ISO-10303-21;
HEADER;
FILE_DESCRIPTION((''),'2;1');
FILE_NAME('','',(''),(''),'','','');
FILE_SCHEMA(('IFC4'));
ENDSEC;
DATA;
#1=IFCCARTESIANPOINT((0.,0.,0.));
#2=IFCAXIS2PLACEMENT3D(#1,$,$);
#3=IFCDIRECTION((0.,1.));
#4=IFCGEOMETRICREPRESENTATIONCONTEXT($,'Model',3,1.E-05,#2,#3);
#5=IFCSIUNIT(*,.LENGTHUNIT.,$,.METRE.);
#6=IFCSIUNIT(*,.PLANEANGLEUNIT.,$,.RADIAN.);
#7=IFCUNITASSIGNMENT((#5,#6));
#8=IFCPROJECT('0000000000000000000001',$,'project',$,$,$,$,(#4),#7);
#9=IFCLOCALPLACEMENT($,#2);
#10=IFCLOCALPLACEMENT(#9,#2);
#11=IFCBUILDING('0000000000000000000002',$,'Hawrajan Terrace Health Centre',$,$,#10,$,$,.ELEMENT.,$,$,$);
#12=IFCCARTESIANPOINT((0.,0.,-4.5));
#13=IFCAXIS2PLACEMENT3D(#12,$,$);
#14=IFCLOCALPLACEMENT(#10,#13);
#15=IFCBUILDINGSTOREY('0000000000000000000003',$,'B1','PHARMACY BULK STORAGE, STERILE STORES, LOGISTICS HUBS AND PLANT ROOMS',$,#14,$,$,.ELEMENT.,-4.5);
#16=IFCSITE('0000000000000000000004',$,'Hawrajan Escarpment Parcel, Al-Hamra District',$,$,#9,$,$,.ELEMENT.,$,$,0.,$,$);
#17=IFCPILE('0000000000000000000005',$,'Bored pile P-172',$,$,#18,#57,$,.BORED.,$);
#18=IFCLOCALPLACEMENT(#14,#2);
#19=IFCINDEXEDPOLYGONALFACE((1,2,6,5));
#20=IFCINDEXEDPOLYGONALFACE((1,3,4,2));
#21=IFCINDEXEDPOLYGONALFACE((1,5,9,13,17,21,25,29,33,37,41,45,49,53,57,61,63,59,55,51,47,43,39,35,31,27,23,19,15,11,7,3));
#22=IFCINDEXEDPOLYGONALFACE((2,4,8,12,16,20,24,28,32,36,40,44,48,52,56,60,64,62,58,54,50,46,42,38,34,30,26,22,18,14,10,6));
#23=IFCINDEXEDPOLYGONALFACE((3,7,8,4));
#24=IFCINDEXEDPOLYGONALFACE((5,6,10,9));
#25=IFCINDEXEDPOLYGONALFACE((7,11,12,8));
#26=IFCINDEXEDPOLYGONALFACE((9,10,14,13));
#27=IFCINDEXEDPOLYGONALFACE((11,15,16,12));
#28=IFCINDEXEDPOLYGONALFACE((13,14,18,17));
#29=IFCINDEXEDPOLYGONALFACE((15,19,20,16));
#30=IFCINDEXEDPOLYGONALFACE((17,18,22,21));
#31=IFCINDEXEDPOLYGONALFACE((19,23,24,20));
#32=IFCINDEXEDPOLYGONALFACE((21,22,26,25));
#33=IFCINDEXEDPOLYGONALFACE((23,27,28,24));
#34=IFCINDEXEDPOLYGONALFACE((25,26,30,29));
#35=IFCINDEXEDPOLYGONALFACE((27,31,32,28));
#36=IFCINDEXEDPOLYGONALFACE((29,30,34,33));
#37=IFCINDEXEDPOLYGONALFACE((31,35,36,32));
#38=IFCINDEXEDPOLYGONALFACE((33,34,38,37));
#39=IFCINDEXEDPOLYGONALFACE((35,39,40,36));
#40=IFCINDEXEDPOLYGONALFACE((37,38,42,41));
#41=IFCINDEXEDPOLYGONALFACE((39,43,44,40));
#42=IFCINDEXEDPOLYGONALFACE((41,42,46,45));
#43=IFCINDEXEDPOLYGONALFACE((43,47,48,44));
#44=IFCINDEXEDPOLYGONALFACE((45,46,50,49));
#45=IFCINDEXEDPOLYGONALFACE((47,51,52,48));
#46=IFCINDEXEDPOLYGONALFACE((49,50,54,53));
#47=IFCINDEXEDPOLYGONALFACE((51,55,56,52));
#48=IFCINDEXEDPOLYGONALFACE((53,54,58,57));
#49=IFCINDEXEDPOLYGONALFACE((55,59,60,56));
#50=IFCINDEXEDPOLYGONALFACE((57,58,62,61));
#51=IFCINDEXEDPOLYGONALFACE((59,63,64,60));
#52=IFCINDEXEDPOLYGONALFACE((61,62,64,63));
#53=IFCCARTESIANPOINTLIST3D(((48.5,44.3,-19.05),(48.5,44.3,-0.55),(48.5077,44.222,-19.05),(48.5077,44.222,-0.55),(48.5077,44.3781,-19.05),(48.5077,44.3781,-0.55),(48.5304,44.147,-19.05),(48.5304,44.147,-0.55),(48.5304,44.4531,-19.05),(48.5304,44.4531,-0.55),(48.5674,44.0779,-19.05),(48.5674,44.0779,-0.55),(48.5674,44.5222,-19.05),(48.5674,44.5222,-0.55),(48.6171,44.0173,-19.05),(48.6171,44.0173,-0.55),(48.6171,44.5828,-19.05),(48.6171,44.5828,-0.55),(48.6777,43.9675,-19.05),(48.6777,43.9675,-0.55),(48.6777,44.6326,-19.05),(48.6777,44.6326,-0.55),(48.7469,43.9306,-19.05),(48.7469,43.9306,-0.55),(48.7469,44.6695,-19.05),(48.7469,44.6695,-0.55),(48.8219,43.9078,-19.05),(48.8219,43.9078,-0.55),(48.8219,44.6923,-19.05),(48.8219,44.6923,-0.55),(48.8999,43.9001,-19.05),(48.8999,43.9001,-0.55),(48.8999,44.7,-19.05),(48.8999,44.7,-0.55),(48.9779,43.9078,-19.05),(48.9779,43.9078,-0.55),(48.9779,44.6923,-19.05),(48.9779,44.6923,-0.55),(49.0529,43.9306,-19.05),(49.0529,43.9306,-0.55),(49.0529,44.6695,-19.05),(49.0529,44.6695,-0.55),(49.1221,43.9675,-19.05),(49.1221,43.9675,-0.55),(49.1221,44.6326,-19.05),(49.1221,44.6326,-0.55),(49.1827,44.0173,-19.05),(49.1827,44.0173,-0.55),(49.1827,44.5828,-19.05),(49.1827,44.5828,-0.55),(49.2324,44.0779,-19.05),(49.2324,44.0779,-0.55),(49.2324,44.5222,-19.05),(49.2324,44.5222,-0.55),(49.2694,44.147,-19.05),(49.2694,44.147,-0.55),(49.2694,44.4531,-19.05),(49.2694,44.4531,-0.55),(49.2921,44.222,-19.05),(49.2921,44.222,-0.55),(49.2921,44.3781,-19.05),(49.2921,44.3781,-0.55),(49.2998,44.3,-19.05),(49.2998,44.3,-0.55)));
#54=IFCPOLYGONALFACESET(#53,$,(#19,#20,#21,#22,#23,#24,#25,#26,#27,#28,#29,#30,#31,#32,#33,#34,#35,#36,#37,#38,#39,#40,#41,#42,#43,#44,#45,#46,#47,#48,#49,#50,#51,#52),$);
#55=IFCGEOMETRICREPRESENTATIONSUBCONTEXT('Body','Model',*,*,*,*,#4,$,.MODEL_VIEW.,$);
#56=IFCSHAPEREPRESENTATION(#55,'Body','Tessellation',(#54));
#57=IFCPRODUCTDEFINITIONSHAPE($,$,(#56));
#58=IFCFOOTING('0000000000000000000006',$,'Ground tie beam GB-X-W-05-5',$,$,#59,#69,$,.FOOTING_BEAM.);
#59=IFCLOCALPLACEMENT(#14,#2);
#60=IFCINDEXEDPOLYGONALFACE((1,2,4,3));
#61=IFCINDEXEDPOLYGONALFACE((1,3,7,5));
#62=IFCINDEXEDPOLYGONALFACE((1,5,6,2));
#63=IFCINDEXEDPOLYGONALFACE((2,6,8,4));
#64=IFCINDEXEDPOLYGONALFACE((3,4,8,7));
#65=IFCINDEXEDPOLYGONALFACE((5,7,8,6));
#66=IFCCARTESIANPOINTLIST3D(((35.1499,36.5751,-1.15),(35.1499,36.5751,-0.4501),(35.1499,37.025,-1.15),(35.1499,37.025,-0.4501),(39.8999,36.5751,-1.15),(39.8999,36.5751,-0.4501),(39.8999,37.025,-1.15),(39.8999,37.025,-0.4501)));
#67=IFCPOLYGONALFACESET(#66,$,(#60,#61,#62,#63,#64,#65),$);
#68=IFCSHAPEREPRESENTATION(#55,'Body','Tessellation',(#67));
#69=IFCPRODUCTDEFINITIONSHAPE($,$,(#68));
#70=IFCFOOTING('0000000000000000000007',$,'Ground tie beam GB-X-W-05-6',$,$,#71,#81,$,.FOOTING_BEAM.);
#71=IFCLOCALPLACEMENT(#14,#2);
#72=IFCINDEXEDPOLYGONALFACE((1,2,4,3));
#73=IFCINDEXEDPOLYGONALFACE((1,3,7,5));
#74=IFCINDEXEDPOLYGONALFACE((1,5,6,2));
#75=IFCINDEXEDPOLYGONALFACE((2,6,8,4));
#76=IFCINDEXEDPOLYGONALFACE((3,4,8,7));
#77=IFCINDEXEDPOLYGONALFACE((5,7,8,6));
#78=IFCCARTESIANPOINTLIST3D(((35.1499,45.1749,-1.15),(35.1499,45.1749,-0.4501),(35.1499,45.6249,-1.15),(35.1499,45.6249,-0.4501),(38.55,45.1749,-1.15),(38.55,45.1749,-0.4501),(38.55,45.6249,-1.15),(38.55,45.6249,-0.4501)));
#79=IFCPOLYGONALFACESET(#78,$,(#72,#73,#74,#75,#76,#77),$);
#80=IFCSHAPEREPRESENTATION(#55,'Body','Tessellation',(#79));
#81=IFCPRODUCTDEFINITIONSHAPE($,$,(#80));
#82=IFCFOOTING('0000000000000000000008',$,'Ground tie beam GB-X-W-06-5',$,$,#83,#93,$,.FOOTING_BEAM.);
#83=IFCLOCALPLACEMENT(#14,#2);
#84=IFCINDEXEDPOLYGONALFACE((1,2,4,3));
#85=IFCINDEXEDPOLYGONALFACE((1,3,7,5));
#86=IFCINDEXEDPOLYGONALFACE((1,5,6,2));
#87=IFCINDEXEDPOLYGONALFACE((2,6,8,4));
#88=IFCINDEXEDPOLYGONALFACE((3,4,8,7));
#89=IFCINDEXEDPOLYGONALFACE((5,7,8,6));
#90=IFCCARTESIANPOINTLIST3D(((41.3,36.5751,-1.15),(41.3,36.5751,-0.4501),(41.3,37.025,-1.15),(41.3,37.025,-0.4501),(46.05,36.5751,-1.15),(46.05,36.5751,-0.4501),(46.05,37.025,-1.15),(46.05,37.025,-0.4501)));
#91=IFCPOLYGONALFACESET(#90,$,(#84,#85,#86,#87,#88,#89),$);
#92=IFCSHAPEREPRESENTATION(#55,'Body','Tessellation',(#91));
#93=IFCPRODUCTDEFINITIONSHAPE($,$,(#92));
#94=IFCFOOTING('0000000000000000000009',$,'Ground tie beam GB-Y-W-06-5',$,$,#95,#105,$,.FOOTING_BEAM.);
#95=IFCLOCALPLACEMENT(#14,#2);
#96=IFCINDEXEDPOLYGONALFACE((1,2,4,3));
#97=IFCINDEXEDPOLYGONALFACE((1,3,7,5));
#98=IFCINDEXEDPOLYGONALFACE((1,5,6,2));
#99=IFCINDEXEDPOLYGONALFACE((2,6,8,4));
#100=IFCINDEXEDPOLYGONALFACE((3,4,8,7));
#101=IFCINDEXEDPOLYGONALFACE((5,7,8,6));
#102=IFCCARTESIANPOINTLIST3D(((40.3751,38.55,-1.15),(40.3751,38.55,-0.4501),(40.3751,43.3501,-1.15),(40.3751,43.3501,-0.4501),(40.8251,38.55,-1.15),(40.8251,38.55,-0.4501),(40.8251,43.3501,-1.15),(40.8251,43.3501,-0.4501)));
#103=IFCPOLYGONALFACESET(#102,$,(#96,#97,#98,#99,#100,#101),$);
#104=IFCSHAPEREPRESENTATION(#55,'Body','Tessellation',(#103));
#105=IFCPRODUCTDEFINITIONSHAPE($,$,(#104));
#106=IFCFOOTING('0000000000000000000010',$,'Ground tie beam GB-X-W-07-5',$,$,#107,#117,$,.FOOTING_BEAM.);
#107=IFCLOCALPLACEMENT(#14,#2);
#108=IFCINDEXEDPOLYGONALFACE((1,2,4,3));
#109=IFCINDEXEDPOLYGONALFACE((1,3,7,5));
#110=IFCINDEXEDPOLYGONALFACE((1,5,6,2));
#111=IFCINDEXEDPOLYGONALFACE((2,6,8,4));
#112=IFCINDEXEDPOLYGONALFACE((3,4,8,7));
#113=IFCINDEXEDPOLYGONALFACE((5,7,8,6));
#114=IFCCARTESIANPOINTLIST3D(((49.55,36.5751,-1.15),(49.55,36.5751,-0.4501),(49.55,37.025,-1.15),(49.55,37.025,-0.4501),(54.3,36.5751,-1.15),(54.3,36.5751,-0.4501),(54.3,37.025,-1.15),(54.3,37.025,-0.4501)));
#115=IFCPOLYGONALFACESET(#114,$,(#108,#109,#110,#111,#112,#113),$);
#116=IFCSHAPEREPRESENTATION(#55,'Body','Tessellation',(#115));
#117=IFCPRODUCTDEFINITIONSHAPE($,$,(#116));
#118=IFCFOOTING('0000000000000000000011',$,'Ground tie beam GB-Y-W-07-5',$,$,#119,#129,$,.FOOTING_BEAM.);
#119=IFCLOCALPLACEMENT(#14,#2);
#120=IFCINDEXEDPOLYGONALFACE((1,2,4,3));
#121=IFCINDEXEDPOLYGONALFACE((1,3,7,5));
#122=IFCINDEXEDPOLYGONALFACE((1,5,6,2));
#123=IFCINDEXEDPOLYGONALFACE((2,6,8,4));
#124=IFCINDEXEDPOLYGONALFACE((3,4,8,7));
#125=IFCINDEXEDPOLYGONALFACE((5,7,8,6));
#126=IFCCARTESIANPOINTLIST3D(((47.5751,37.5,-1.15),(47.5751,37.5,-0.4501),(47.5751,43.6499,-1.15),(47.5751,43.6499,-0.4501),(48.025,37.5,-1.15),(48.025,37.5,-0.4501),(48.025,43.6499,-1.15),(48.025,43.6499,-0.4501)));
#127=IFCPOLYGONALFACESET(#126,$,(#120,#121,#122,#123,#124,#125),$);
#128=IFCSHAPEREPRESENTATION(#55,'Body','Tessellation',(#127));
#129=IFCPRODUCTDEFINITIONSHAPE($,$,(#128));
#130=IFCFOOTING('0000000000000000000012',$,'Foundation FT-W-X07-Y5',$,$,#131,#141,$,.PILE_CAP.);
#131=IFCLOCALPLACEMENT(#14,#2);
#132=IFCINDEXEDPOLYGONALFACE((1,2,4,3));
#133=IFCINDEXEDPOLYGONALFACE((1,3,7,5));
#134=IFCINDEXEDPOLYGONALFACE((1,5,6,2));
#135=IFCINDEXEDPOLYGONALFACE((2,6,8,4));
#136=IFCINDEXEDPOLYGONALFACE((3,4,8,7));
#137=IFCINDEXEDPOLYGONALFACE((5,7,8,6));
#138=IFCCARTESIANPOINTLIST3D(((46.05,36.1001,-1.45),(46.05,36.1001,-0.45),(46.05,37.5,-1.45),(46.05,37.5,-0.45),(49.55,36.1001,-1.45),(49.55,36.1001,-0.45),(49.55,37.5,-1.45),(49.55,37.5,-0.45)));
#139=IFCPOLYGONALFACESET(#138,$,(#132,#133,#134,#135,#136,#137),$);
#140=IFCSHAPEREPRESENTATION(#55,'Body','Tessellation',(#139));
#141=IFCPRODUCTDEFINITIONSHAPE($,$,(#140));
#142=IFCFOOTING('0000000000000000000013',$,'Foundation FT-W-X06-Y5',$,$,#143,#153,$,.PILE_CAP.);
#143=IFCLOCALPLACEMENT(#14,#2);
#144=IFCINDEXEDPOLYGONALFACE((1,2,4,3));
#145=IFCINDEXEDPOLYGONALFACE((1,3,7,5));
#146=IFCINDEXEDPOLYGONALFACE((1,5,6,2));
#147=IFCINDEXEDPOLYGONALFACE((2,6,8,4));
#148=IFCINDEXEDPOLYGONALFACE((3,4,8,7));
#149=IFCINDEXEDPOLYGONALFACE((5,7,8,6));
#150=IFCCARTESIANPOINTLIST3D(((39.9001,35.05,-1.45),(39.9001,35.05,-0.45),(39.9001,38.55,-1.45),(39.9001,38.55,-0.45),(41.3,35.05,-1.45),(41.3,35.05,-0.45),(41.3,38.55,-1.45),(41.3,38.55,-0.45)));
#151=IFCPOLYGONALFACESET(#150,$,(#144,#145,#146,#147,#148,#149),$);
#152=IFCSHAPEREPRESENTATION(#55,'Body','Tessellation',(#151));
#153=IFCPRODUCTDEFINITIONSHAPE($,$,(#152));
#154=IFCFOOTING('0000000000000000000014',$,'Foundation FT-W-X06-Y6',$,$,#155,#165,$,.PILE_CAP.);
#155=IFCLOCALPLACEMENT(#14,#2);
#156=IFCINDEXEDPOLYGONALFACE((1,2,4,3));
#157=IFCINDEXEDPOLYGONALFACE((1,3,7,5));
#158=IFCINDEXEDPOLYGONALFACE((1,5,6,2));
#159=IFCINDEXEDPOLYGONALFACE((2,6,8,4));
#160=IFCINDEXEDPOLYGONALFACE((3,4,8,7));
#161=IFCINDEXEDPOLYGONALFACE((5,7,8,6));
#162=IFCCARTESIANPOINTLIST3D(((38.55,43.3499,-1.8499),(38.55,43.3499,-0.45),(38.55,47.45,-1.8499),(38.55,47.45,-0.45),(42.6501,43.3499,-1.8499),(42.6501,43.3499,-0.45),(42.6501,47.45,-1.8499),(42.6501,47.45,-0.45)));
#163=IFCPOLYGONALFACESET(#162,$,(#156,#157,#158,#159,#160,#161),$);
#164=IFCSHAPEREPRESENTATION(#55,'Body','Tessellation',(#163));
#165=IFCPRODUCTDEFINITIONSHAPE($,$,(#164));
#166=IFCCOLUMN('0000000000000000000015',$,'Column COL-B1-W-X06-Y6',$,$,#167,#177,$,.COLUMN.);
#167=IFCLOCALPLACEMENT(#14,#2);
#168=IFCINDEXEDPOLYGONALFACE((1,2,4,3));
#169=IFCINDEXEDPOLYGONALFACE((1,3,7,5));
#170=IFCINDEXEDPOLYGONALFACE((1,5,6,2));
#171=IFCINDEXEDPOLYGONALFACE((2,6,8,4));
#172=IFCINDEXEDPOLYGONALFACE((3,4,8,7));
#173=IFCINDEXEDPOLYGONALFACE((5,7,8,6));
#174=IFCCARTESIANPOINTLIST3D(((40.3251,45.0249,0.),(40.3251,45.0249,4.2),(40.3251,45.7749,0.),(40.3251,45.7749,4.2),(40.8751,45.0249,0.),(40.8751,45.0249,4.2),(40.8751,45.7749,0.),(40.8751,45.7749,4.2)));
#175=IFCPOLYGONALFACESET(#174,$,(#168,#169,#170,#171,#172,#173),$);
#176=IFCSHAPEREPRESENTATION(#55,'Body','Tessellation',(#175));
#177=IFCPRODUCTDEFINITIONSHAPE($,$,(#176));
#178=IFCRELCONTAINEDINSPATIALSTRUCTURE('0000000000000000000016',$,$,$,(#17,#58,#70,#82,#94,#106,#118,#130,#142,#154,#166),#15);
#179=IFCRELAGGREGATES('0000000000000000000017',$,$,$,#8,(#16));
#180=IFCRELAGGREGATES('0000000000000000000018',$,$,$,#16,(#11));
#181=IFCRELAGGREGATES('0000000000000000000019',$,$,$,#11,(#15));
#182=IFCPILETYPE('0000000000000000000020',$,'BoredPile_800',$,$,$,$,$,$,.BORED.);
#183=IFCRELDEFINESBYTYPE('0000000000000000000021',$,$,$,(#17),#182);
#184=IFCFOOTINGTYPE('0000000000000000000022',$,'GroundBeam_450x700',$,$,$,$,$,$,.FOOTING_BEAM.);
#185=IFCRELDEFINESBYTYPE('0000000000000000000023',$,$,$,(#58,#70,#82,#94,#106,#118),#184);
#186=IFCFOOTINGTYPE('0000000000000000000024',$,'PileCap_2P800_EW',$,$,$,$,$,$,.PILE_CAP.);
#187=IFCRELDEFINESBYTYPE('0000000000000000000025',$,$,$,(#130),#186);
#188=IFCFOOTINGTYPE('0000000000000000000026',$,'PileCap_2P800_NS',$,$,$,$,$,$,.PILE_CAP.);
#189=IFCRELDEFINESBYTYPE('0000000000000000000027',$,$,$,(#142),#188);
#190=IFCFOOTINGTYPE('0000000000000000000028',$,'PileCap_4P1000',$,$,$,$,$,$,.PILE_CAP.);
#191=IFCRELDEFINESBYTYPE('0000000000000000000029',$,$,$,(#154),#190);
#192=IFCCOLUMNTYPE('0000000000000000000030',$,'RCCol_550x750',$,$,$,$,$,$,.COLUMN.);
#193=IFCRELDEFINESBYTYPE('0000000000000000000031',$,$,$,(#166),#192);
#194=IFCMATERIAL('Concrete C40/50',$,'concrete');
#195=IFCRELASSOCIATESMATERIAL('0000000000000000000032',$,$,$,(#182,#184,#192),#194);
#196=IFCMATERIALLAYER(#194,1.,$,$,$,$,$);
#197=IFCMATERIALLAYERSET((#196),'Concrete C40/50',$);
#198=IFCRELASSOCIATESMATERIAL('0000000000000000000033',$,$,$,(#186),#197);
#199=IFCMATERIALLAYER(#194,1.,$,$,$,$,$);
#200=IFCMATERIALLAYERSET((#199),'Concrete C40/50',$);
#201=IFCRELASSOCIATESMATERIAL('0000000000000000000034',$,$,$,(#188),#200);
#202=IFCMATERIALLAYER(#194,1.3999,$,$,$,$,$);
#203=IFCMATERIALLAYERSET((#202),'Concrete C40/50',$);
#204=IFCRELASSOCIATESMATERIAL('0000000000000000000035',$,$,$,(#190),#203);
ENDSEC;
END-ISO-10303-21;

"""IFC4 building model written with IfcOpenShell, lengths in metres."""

from ifc_helpers import new_model, si_unit, direction, frame, origin, origin_2d, place, context, subcontext, project, spatial, rectangle, circle, extrude, material, layer, layer_set, material_profile, profile_set, type_object, element, save


model = new_model("IFC4")

# Units and contexts
model_context = context("Model", 3, precision=1e-05, world=origin(), true_north=direction((0.0, 1.0)))
body_context = subcontext(model_context, "Body", "Model", "MODEL_VIEW")
ifc_project = project(units=[si_unit("LENGTHUNIT", "METRE"), si_unit("PLANEANGLEUNIT", "RADIAN")], contexts=[model_context])

# Site, building, storey
site_placement = place(None, origin())
site = spatial("IfcSite", under=ifc_project, at=site_placement, Name="Hawrajan Escarpment Parcel, Al-Hamra District", CompositionType="ELEMENT", RefElevation=0.0)
building_placement = place(site_placement, origin())
building = spatial("IfcBuilding", under=site, at=building_placement, Name="Hawrajan Terrace Health Centre", CompositionType="ELEMENT")
storey_placement = place(building_placement, frame((0.0, 0.0, -4.5)))
storey = spatial("IfcBuildingStorey", under=building, at=storey_placement, Name="B1", Description="PHARMACY BULK STORAGE, STERILE STORES, LOGISTICS HUBS AND PLANT ROOMS", CompositionType="ELEMENT", Elevation=-4.5)

# Pile
ifc_material_1 = material(Name="Concrete C40/50", Category="concrete")
ifc_material_profile_1 = material_profile(ifc_material_1, circle(Radius=0.3999, at=origin_2d()), Name="BP 800")
ifc_profile_set_1 = profile_set([ifc_material_profile_1], Name="Concrete C40/50")
pile_type_1 = type_object("IfcPileType", Name="BoredPile_800", PredefinedType="BORED", material=ifc_profile_set_1)
for number, where, z_axis, x_axis, name in (
    (1, (48.8999, 44.3, -0.55), (0.0, 0.0, -1.0), (1.0, 0.0, 0.0), "Bored pile P-172"),
):
    element("IfcPile", number, at=place(storey_placement, frame(where, z_axis=z_axis, x_axis=x_axis)), inside=storey, type_object=pile_type_1, Name=name, PredefinedType="BORED", context=body_context, shape_type="SweptSolid", body=[
        extrude(circle(Radius=0.3999, at=origin_2d()), origin(), (0.0, 0.0, 1.0), 18.5),
    ])

# Footings
ifc_material_profile_2 = material_profile(ifc_material_1, rectangle(XDim=0.45, YDim=0.7, at=origin_2d()), Name="RC BM 450x700")
ifc_profile_set_2 = profile_set([ifc_material_profile_2], Name="Concrete C40/50")
footing_type_1 = type_object("IfcFootingType", Name="GroundBeam_450x700", PredefinedType="FOOTING_BEAM", material=ifc_profile_set_2)
footing_1_placement = place(storey_placement, frame((35.1499, 36.8, -0.8), z_axis=(1.0, 0.0, 0.0), x_axis=(0.0, 1.0, 0.0)))
element("IfcFooting", 2, at=footing_1_placement, inside=storey, type_object=footing_type_1, Name="Ground tie beam GB-X-W-05-5", PredefinedType="FOOTING_BEAM", context=body_context, shape_type="SweptSolid", body=[
    extrude(rectangle(XDim=0.45, YDim=0.7, at=origin_2d()), origin(), (0.0, 0.0, 1.0), 4.75),
])
footing_2_placement = place(storey_placement, frame((35.1499, 45.3999, -0.8), z_axis=(1.0, 0.0, 0.0), x_axis=(0.0, 1.0, 0.0)))
element("IfcFooting", 3, at=footing_2_placement, inside=storey, type_object=footing_type_1, Name="Ground tie beam GB-X-W-05-6", PredefinedType="FOOTING_BEAM", context=body_context, shape_type="SweptSolid", body=[
    extrude(rectangle(XDim=0.45, YDim=0.7, at=origin_2d()), origin(), (0.0, 0.0, 1.0), 3.4001),
])
footing_3_placement = place(storey_placement, frame((41.3, 36.8, -0.8), z_axis=(1.0, 0.0, 0.0), x_axis=(0.0, 1.0, 0.0)))
element("IfcFooting", 4, at=footing_3_placement, inside=storey, type_object=footing_type_1, Name="Ground tie beam GB-X-W-06-5", PredefinedType="FOOTING_BEAM", context=body_context, shape_type="SweptSolid", body=[
    extrude(rectangle(XDim=0.45, YDim=0.7, at=origin_2d()), origin(), (0.0, 0.0, 1.0), 4.75),
])
footing_4_placement = place(storey_placement, frame((40.6001, 38.55, -0.8), z_axis=(0.0, 1.0, 0.0), x_axis=(-1.0, 0.0, 0.0)))
element("IfcFooting", 5, at=footing_4_placement, inside=storey, type_object=footing_type_1, Name="Ground tie beam GB-Y-W-06-5", PredefinedType="FOOTING_BEAM", context=body_context, shape_type="SweptSolid", body=[
    extrude(rectangle(XDim=0.45, YDim=0.7, at=origin_2d()), origin(), (0.0, 0.0, 1.0), 4.8),
])
footing_5_placement = place(storey_placement, frame((49.55, 36.8, -0.8), z_axis=(1.0, 0.0, 0.0), x_axis=(0.0, 1.0, 0.0)))
element("IfcFooting", 6, at=footing_5_placement, inside=storey, type_object=footing_type_1, Name="Ground tie beam GB-X-W-07-5", PredefinedType="FOOTING_BEAM", context=body_context, shape_type="SweptSolid", body=[
    extrude(rectangle(XDim=0.45, YDim=0.7, at=origin_2d()), origin(), (0.0, 0.0, 1.0), 4.75),
])
footing_6_placement = place(storey_placement, frame((47.8, 37.5, -0.8), z_axis=(0.0, 1.0, 0.0), x_axis=(-1.0, 0.0, 0.0)))
element("IfcFooting", 7, at=footing_6_placement, inside=storey, type_object=footing_type_1, Name="Ground tie beam GB-Y-W-07-5", PredefinedType="FOOTING_BEAM", context=body_context, shape_type="SweptSolid", body=[
    extrude(rectangle(XDim=0.45, YDim=0.7, at=origin_2d()), origin(), (0.0, 0.0, 1.0), 6.1499),
])
ifc_layer_1 = layer(ifc_material_1, 1.0)
ifc_layer_set_1 = layer_set([ifc_layer_1], Name="Concrete C40/50")
footing_type_2 = type_object("IfcFootingType", Name="PileCap_2P800_EW", PredefinedType="PILE_CAP", material=ifc_layer_set_1)
footing_7_placement = place(storey_placement, frame((47.8, 36.8, -1.45), z_axis=(0.0, 0.0, 1.0), x_axis=(1.0, 0.0, 0.0)))
element("IfcFooting", 8, at=footing_7_placement, inside=storey, type_object=footing_type_2, Name="Foundation FT-W-X07-Y5", PredefinedType="PILE_CAP", context=body_context, shape_type="SweptSolid", body=[
    extrude(rectangle(XDim=3.5, YDim=1.3999, at=origin_2d()), origin(), (0.0, 0.0, 1.0), 1.0),
])
ifc_layer_2 = layer(ifc_material_1, 1.0)
ifc_layer_set_2 = layer_set([ifc_layer_2], Name="Concrete C40/50")
footing_type_3 = type_object("IfcFootingType", Name="PileCap_2P800_NS", PredefinedType="PILE_CAP", material=ifc_layer_set_2)
footing_8_placement = place(storey_placement, frame((40.6001, 36.8, -1.45), z_axis=(0.0, 0.0, 1.0), x_axis=(1.0, 0.0, 0.0)))
element("IfcFooting", 9, at=footing_8_placement, inside=storey, type_object=footing_type_3, Name="Foundation FT-W-X06-Y5", PredefinedType="PILE_CAP", context=body_context, shape_type="SweptSolid", body=[
    extrude(rectangle(XDim=1.3999, YDim=3.5, at=origin_2d()), origin(), (0.0, 0.0, 1.0), 1.0),
])
ifc_layer_3 = layer(ifc_material_1, 1.3999)
ifc_layer_set_3 = layer_set([ifc_layer_3], Name="Concrete C40/50")
footing_type_4 = type_object("IfcFootingType", Name="PileCap_4P1000", PredefinedType="PILE_CAP", material=ifc_layer_set_3)
footing_9_placement = place(storey_placement, frame((40.6001, 45.3999, -1.8499), z_axis=(0.0, 0.0, 1.0), x_axis=(1.0, 0.0, 0.0)))
element("IfcFooting", 10, at=footing_9_placement, inside=storey, type_object=footing_type_4, Name="Foundation FT-W-X06-Y6", PredefinedType="PILE_CAP", context=body_context, shape_type="SweptSolid", body=[
    extrude(rectangle(XDim=4.1001, YDim=4.1001, at=origin_2d()), origin(), (0.0, 0.0, 1.0), 1.3999),
])

# Column
ifc_material_profile_3 = material_profile(ifc_material_1, rectangle(XDim=0.55, YDim=0.75, at=origin_2d()), Name="RC 550x750")
ifc_profile_set_3 = profile_set([ifc_material_profile_3], Name="Concrete C40/50")
column_type_1 = type_object("IfcColumnType", Name="RCCol_550x750", PredefinedType="COLUMN", material=ifc_profile_set_3)
column_1_placement = place(storey_placement, frame((40.6001, 45.3999, 0.0), z_axis=(0.0, 0.0, 1.0), x_axis=(1.0, 0.0, 0.0)))
element("IfcColumn", 11, at=column_1_placement, inside=storey, type_object=column_type_1, Name="Column COL-B1-W-X06-Y6", PredefinedType="COLUMN", context=body_context, shape_type="SweptSolid", body=[
    extrude(rectangle(XDim=0.55, YDim=0.75, at=origin_2d()), origin(), (0.0, 0.0, 1.0), 4.2),
])

save(model, "model.ifc")
